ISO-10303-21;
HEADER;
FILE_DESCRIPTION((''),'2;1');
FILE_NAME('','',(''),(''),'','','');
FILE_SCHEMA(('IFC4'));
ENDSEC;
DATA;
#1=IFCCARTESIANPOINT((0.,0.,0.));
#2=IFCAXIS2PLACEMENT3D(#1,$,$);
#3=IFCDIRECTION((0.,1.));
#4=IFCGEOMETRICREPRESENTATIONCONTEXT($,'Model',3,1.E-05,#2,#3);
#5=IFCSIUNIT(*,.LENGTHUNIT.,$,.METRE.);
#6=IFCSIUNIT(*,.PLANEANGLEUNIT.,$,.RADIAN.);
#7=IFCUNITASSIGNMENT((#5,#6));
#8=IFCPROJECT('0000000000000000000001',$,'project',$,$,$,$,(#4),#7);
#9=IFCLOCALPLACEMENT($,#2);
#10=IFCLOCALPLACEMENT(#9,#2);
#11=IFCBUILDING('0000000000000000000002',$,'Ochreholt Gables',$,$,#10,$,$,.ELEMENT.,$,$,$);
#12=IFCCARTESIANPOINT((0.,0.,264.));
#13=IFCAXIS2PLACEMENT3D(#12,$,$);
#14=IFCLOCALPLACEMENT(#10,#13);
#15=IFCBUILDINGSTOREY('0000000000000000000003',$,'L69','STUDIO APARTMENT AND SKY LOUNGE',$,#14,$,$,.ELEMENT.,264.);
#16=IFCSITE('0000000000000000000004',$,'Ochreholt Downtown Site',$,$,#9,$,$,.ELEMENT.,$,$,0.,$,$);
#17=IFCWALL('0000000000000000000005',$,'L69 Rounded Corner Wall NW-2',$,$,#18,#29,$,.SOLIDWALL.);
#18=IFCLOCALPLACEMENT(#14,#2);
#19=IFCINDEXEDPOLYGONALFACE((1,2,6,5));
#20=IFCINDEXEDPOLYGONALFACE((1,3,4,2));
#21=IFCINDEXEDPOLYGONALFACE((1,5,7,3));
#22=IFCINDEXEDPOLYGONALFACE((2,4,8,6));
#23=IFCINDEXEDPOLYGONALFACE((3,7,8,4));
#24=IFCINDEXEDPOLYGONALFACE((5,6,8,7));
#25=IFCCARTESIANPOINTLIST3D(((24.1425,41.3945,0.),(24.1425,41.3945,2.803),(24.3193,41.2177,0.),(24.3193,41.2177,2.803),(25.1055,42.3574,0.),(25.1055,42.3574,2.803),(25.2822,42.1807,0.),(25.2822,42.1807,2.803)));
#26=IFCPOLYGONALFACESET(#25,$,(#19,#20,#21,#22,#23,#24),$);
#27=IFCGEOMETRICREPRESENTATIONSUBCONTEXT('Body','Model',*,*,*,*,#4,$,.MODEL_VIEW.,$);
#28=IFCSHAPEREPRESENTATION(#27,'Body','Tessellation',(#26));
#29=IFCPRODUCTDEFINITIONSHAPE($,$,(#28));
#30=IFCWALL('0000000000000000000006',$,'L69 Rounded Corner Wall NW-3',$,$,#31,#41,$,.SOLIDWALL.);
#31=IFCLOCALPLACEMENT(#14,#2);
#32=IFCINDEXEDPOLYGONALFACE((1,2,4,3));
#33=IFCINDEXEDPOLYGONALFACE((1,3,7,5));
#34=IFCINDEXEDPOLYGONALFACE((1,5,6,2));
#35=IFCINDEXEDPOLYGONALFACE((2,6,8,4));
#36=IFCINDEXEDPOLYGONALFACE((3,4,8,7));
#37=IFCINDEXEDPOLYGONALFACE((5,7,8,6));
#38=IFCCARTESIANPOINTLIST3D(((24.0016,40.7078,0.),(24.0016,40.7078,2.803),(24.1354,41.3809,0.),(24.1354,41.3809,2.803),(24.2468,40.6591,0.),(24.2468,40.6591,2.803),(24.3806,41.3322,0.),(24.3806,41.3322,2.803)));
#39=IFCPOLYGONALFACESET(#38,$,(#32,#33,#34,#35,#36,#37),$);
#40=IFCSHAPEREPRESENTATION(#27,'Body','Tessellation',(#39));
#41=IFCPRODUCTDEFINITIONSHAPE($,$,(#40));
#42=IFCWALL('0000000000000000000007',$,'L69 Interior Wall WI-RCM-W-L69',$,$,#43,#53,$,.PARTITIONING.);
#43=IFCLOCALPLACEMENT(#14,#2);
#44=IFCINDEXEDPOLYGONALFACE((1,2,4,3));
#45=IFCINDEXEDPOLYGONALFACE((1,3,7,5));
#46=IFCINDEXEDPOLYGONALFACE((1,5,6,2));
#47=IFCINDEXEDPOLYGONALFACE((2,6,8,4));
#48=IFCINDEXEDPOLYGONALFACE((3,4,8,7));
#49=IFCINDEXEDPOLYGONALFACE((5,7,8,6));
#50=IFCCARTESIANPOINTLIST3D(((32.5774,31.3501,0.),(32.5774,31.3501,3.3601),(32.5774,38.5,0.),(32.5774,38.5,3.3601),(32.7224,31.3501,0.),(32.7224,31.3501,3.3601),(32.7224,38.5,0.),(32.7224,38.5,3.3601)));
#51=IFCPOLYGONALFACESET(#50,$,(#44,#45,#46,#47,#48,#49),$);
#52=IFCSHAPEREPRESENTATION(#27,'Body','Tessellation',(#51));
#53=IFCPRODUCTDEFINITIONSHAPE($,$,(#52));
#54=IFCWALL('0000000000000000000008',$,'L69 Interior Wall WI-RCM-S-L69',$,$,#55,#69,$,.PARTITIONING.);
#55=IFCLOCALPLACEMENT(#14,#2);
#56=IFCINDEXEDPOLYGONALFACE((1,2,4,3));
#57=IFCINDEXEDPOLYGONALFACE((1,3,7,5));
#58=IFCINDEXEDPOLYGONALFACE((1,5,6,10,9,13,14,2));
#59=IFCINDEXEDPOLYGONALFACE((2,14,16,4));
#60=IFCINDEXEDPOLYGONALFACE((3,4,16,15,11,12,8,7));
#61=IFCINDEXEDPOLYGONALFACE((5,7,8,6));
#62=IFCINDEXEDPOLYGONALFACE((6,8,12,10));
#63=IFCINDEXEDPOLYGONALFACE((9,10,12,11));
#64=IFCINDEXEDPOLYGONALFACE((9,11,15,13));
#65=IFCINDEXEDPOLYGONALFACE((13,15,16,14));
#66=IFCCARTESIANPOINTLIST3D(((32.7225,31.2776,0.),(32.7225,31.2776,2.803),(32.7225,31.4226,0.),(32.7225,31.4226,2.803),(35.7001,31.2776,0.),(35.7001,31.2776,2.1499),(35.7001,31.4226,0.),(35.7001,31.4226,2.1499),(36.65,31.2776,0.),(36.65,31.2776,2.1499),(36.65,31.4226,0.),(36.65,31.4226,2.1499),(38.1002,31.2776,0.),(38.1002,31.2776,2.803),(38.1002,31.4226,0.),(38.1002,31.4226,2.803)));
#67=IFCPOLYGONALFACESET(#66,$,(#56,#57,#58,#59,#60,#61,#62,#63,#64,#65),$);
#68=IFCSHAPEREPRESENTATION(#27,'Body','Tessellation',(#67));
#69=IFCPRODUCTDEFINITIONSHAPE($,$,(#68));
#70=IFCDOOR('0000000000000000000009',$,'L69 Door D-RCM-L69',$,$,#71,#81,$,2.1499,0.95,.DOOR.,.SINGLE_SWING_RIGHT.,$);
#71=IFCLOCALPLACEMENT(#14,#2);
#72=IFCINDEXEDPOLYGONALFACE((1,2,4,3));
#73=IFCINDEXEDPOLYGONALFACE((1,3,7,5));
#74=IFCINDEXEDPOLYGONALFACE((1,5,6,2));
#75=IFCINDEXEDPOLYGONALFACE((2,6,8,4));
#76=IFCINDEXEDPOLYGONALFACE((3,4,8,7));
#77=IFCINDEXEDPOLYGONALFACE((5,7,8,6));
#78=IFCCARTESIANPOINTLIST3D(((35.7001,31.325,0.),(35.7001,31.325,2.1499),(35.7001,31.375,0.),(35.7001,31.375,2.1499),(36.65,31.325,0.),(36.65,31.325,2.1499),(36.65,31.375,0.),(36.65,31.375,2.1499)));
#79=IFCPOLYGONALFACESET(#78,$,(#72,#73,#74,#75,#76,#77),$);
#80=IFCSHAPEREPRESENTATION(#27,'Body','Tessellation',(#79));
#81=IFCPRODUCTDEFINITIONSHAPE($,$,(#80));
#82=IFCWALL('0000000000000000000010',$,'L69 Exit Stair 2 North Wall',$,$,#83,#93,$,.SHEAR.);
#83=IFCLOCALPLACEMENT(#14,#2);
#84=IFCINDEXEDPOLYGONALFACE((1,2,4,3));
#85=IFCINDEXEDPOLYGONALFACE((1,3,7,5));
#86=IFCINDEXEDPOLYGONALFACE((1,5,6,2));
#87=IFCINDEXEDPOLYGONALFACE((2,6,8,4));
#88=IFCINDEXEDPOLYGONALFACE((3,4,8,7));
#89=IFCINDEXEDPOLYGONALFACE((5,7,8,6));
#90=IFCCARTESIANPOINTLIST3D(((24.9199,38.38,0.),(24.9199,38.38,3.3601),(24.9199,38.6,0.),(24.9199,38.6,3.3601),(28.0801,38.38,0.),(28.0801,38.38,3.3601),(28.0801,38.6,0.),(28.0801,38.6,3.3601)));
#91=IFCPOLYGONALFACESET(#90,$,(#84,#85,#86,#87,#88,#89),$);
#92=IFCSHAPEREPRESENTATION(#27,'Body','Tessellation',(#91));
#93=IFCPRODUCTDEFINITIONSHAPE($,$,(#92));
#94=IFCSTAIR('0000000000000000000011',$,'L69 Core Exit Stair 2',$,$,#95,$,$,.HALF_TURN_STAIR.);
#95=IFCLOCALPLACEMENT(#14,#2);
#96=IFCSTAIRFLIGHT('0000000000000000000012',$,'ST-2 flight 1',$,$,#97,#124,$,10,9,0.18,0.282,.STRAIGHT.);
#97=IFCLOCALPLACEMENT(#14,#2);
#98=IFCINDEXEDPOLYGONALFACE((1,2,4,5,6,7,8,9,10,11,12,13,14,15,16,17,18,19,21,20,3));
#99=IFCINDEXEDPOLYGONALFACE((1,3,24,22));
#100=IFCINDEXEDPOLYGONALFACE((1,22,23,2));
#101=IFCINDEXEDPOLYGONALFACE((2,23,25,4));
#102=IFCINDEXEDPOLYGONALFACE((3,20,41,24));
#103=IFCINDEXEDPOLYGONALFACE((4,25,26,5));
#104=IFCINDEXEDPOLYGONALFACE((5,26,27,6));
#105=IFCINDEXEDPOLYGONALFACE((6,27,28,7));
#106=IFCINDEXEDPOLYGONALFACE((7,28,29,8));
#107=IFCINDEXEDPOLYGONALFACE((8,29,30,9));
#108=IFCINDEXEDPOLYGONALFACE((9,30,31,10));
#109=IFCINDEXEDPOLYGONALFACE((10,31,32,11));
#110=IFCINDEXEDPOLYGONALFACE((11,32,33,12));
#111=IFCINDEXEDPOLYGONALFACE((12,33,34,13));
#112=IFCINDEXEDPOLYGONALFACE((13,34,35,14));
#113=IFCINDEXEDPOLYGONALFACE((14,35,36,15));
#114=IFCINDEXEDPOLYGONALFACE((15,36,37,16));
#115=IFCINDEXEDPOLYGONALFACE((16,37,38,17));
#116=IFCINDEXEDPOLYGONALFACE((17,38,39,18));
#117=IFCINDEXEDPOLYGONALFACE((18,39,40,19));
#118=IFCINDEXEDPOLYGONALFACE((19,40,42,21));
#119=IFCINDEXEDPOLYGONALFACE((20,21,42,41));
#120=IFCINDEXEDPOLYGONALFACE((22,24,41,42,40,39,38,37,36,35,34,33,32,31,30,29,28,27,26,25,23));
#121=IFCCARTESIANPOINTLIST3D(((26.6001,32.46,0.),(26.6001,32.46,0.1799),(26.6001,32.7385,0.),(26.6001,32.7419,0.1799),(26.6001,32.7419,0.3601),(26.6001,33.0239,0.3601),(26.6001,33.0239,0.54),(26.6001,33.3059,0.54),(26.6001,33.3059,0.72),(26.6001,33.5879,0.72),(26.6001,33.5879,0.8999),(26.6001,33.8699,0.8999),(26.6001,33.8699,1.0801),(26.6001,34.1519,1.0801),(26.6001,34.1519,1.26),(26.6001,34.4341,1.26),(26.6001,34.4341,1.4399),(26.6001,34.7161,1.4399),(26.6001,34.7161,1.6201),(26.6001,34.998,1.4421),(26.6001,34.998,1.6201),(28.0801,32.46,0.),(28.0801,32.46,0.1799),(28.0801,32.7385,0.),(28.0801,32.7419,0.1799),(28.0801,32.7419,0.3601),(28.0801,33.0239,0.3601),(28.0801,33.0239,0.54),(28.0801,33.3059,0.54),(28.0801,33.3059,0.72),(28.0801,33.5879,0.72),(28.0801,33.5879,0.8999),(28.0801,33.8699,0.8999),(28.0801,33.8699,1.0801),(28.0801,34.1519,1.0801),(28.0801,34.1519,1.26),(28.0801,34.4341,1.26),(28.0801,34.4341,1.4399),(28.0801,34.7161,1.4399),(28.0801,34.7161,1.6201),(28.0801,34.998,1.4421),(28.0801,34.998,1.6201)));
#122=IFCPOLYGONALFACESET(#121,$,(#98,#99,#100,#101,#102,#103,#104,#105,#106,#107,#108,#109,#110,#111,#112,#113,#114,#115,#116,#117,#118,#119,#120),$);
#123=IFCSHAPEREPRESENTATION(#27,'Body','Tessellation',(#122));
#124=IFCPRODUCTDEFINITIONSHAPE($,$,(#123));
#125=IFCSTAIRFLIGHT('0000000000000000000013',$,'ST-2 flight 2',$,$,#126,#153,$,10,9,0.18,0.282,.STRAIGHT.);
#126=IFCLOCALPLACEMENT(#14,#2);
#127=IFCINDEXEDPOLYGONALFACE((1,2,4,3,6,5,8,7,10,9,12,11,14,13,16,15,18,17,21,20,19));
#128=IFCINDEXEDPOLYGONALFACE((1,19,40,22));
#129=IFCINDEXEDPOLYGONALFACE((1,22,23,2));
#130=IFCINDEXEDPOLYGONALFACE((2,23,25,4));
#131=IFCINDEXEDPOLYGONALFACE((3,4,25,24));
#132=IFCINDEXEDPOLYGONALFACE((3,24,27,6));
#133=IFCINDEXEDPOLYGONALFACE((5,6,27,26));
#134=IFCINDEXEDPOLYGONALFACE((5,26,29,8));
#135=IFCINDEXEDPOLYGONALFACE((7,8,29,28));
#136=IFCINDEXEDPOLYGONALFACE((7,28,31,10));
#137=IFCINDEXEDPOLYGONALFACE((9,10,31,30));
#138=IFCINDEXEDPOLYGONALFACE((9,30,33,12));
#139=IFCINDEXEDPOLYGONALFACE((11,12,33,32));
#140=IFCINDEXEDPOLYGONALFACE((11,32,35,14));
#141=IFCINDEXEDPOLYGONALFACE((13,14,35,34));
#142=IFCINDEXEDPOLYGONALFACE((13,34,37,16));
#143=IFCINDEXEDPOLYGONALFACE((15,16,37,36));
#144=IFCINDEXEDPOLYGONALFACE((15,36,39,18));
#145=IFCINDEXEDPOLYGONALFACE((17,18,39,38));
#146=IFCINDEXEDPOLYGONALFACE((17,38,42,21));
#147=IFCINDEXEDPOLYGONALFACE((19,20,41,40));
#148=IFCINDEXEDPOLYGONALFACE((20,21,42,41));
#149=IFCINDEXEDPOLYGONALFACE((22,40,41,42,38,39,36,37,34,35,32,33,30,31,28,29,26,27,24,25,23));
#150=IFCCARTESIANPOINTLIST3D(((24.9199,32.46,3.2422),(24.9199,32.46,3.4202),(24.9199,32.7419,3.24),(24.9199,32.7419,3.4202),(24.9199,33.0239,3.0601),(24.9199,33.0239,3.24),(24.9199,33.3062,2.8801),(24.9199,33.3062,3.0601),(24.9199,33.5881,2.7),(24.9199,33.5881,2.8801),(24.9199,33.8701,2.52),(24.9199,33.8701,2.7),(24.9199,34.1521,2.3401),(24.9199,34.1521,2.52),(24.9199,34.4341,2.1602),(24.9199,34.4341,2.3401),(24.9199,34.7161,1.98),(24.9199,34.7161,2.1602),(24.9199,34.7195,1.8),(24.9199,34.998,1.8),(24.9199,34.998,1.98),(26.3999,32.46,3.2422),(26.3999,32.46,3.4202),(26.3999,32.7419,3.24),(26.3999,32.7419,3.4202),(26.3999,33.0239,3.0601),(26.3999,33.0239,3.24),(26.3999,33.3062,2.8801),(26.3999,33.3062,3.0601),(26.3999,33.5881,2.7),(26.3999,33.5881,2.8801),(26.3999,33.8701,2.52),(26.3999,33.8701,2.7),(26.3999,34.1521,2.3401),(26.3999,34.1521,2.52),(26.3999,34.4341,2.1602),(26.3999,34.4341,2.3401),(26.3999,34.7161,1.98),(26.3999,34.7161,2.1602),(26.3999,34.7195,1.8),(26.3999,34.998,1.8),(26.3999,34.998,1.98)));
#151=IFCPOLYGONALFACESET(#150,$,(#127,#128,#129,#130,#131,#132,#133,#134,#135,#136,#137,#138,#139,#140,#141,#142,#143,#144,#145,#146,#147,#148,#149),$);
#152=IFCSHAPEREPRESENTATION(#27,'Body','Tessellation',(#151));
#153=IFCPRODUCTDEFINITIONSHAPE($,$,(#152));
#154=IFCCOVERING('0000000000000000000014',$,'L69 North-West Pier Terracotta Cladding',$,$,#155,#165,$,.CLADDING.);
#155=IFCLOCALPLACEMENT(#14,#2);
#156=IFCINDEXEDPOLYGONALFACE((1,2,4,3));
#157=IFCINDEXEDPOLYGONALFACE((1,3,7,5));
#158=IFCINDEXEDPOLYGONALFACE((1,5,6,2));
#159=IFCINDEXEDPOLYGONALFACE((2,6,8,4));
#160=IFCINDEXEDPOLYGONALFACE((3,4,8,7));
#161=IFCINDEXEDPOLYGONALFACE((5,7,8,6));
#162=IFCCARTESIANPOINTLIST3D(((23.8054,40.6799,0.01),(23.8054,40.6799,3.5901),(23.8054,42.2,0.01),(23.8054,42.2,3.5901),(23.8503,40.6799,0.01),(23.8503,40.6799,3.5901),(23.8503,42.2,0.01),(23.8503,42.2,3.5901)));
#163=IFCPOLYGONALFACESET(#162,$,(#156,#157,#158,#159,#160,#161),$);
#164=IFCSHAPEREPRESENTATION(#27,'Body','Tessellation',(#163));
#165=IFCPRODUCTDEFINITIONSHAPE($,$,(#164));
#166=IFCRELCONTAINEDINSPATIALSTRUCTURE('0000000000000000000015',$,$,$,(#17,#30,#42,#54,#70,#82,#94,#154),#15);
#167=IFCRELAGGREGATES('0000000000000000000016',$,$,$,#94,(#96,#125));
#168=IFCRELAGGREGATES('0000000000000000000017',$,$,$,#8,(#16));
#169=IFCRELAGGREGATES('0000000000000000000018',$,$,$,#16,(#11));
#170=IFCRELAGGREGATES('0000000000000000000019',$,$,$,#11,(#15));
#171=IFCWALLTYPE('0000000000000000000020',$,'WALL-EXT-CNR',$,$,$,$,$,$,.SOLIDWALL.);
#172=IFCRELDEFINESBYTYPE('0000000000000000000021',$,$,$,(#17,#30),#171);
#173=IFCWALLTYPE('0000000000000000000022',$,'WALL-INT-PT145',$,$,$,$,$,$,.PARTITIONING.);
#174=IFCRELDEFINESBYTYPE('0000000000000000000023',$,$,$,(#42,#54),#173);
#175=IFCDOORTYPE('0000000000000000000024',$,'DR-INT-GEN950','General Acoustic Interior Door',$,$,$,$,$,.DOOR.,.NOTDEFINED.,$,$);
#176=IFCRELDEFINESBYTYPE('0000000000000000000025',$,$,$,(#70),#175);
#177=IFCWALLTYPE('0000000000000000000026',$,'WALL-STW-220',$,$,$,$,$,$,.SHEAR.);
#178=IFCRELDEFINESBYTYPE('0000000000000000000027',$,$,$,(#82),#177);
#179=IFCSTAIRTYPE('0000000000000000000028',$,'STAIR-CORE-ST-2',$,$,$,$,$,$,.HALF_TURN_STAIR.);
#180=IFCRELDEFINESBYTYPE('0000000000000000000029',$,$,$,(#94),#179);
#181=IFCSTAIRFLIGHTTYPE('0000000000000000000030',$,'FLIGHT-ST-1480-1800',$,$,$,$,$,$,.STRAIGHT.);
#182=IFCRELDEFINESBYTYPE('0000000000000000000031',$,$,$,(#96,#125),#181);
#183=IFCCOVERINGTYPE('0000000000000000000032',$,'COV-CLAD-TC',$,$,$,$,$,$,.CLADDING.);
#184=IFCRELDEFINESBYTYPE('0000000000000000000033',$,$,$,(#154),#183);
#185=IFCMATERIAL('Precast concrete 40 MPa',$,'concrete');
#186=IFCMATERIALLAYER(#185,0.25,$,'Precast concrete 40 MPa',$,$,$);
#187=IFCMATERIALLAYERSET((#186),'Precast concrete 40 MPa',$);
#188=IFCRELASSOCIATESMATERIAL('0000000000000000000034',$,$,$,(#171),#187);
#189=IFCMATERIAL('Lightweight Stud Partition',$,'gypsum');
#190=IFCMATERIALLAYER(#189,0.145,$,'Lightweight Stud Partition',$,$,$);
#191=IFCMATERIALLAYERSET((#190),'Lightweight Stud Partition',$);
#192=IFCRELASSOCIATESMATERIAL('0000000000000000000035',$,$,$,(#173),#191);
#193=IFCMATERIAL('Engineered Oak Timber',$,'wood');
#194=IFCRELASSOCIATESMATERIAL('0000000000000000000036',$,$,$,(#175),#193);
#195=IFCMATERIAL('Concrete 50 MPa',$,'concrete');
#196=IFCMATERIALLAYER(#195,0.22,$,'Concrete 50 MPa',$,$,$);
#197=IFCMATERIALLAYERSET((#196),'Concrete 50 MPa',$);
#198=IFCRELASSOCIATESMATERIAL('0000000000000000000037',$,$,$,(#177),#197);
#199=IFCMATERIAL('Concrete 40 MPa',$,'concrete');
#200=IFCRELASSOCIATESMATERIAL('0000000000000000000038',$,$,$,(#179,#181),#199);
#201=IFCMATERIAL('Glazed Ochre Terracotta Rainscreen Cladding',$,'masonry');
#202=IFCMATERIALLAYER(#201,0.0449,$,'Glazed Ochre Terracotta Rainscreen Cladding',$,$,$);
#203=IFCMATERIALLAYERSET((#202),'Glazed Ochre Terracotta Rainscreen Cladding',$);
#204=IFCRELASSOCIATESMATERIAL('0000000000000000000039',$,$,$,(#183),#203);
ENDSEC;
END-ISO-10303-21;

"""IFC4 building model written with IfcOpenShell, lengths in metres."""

from ifc_helpers import new_model, si_unit, direction, frame, frame_2d, origin, origin_2d, place, context, subcontext, project, spatial, polyline, rectangle, outline, extrude, material, layer, layer_set, type_object, element, fill, aggregate, save


model = new_model("IFC4")

# Units and contexts
model_context = context("Model", 3, precision=1e-05, world=origin(), true_north=direction((0.0, 1.0)))
body_context = subcontext(model_context, "Body", "Model", "MODEL_VIEW")
ifc_project = project(units=[si_unit("LENGTHUNIT", "METRE"), si_unit("PLANEANGLEUNIT", "RADIAN")], contexts=[model_context])

# Site, building, storey
site_placement = place(None, origin())
site = spatial("IfcSite", under=ifc_project, at=site_placement, Name="Ochreholt Downtown Site", CompositionType="ELEMENT", RefElevation=0.0)
building_placement = place(site_placement, origin())
building = spatial("IfcBuilding", under=site, at=building_placement, Name="Ochreholt Gables", CompositionType="ELEMENT")
storey_placement = place(building_placement, frame((0.0, 0.0, 264.0)))
storey = spatial("IfcBuildingStorey", under=building, at=storey_placement, Name="L69", Description="STUDIO APARTMENT AND SKY LOUNGE", CompositionType="ELEMENT", Elevation=264.0)

# Shared definitions
ifc_material_1 = material(Name="Concrete 50 MPa", Category="concrete")

# Shared definitions
ifc_material_2 = material(Name="Precast concrete 40 MPa", Category="concrete")

# Walls
ifc_layer_1 = layer(ifc_material_2, 0.25, Name="Precast concrete 40 MPa")
ifc_layer_set_1 = layer_set([ifc_layer_1], Name="Precast concrete 40 MPa")
wall_type_1 = type_object("IfcWallType", Name="WALL-EXT-CNR", PredefinedType="SOLIDWALL", material=ifc_layer_set_1)
wall_1_placement = place(storey_placement, frame((25.1938, 42.269, 0.0), z_axis=(0.0, 0.0, 1.0), x_axis=(-0.707107, -0.707107, 0.0)))
element("IfcWall", 1, at=wall_1_placement, inside=storey, type_object=wall_type_1, Name="L69 Rounded Corner Wall NW-2", PredefinedType="SOLIDWALL", context=body_context, shape_type="SweptSolid", body=[
    extrude(rectangle(XDim=1.3618, YDim=0.25, at=frame_2d((0.6809, 0.0))), origin(), (0.0, 0.0, 1.0), 2.803),
])
wall_2_placement = place(storey_placement, frame((24.2581, 41.3567, 0.0), z_axis=(0.0, 0.0, 1.0), x_axis=(-0.194953, -0.980813, 0.0)))
element("IfcWall", 2, at=wall_2_placement, inside=storey, type_object=wall_type_1, Name="L69 Rounded Corner Wall NW-3", PredefinedType="SOLIDWALL", context=body_context, shape_type="SweptSolid", body=[
    extrude(rectangle(XDim=0.6863, YDim=0.25, at=frame_2d((0.3433, 0.0))), origin(), (0.0, 0.0, 1.0), 2.803),
])
ifc_material_3 = material(Name="Lightweight Stud Partition", Category="gypsum")
ifc_layer_2 = layer(ifc_material_3, 0.145, Name="Lightweight Stud Partition")
ifc_layer_set_2 = layer_set([ifc_layer_2], Name="Lightweight Stud Partition")
wall_type_2 = type_object("IfcWallType", Name="WALL-INT-PT145", PredefinedType="PARTITIONING", material=ifc_layer_set_2)
wall_3_placement = place(storey_placement, frame((32.6499, 31.3501, 0.0), z_axis=(0.0, 0.0, 1.0), x_axis=(0.0, 1.0, 0.0)))
element("IfcWall", 3, at=wall_3_placement, inside=storey, type_object=wall_type_2, Name="L69 Interior Wall WI-RCM-W-L69", PredefinedType="PARTITIONING", context=body_context, shape_type="SweptSolid", body=[
    extrude(rectangle(XDim=7.1499, YDim=0.145, at=frame_2d((3.575, 0.0))), origin(), (0.0, 0.0, 1.0), 3.3601),
])

# Wall, opening, door
wall_4_placement = place(storey_placement, frame((32.7224, 31.3501, 0.0), z_axis=(0.0, 0.0, 1.0), x_axis=(1.0, 0.0, 0.0)))
wall_4 = element("IfcWall", 4, at=wall_4_placement, inside=storey, type_object=wall_type_2, Name="L69 Interior Wall WI-RCM-S-L69", PredefinedType="PARTITIONING", context=body_context, shape_type="SweptSolid", body=[
    extrude(rectangle(XDim=5.3777, YDim=0.145, at=frame_2d((2.689, 0.0))), origin(), (0.0, 0.0, 1.0), 2.803),
])
opening_1_placement = place(wall_4_placement, frame((2.9775, 0.0, 0.0)))
opening_1 = element("IfcOpeningElement", 5, at=opening_1_placement, cuts=wall_4, PredefinedType="OPENING", context=body_context, shape_type="SweptSolid", body=[
    extrude(rectangle(XDim=0.95, YDim=2.1499, at=frame_2d((0.4751, 1.075))), frame((0.0, 0.0825, 0.0), z_axis=(0.0, -1.0, 0.0), x_axis=(1.0, 0.0, 0.0)), (0.0, 0.0, 1.0), 0.165),
])
ifc_material_4 = material(Name="Engineered Oak Timber", Category="wood")
door_type_1 = type_object("IfcDoorType", Name="DR-INT-GEN950", Description="General Acoustic Interior Door", OperationType="NOTDEFINED", PredefinedType="DOOR", material=ifc_material_4)
door_1_placement = place(opening_1_placement, origin())
door_1 = element("IfcDoor", 6, at=door_1_placement, inside=storey, type_object=door_type_1, Name="L69 Door D-RCM-L69", OperationType="SINGLE_SWING_RIGHT", OverallHeight=2.1499, OverallWidth=0.95, PredefinedType="DOOR", context=body_context, shape_type="SweptSolid", body=[
    extrude(rectangle(XDim=0.95, YDim=2.1499, at=frame_2d((0.4751, 1.075))), frame((0.0, 0.0249, 0.0), z_axis=(0.0, -1.0, 0.0), x_axis=(1.0, 0.0, 0.0)), (0.0, 0.0, 1.0), 0.05),
])
fill(opening_1, door_1)

# Wall
ifc_layer_3 = layer(ifc_material_1, 0.22, Name="Concrete 50 MPa")
ifc_layer_set_3 = layer_set([ifc_layer_3], Name="Concrete 50 MPa")
wall_type_3 = type_object("IfcWallType", Name="WALL-STW-220", PredefinedType="SHEAR", material=ifc_layer_set_3)
wall_5_placement = place(storey_placement, frame((24.9199, 38.49, 0.0), z_axis=(0.0, 0.0, 1.0), x_axis=(1.0, 0.0, 0.0)))
element("IfcWall", 7, at=wall_5_placement, inside=storey, type_object=wall_type_3, Name="L69 Exit Stair 2 North Wall", PredefinedType="SHEAR", context=body_context, shape_type="SweptSolid", body=[
    extrude(rectangle(XDim=3.1602, YDim=0.22, at=frame_2d((1.5801, 0.0))), origin(), (0.0, 0.0, 1.0), 3.3601),
])

# Stair, stair flights
ifc_material_5 = material(Name="Concrete 40 MPa", Category="concrete")
stair_type = type_object("IfcStairType", Name="STAIR-CORE-ST-2", PredefinedType="HALF_TURN_STAIR", material=ifc_material_5)
stair_placement = place(storey_placement, origin())
stair = element("IfcStair", 8, at=stair_placement, inside=storey, type_object=stair_type, Name="L69 Core Exit Stair 2", PredefinedType="HALF_TURN_STAIR")
stair_flight_type = type_object("IfcStairFlightType", Name="FLIGHT-ST-1480-1800", PredefinedType="STRAIGHT", material=ifc_material_5)
stair_flight_1_placement = place(storey_placement, frame((27.3401, 32.46, 0.0), z_axis=(0.0, 0.0, 1.0), x_axis=(0.0, 1.0, 0.0)))
stair_flight_1 = element("IfcStairFlight", 9, at=stair_flight_1_placement, type_object=stair_flight_type, Name="ST-2 flight 1", NumberOfRisers=10, NumberOfTreads=9, PredefinedType="STRAIGHT", RiserHeight=0.18, TreadLength=0.282, context=body_context, shape_type="SweptSolid", body=[
    extrude(outline(polyline([(0.0, 0.0), (0.0, 0.1799), (0.282, 0.1799), (0.282, 0.3601), (0.564, 0.3601), (0.564, 0.54), (0.8459, 0.54), (0.8459, 0.72), (1.1279, 0.72), (1.1279, 0.8999), (1.4099, 0.8999), (1.4099, 1.0801), (1.6919, 1.0801), (1.6919, 1.26), (1.9741, 1.26), (1.9741, 1.4399), (2.2561, 1.4399), (2.2561, 1.6201), (2.5381, 1.6201), (2.5381, 1.8), (2.5381, 1.4421), (0.2786, 0.0), (0.0, 0.0)])), frame((0.0, 0.74, 0.0), z_axis=(0.0, -1.0, 0.0), x_axis=(1.0, 0.0, 0.0)), (0.0, 0.0, 1.0), 1.48),
])
stair_flight_2_placement = place(storey_placement, frame((25.6599, 34.998, 1.8), z_axis=(0.0, 0.0, 1.0), x_axis=(0.0, -1.0, 0.0)))
stair_flight_2 = element("IfcStairFlight", 10, at=stair_flight_2_placement, type_object=stair_flight_type, Name="ST-2 flight 2", NumberOfRisers=10, NumberOfTreads=9, PredefinedType="STRAIGHT", RiserHeight=0.18, TreadLength=0.282, context=body_context, shape_type="SweptSolid", body=[
    extrude(outline(polyline([(0.0, 0.0), (0.0, 0.1799), (0.282, 0.1799), (0.282, 0.3601), (0.564, 0.3601), (0.564, 0.54), (0.8459, 0.54), (0.8459, 0.72), (1.1279, 0.72), (1.1279, 0.8999), (1.4099, 0.8999), (1.4099, 1.0801), (1.6919, 1.0801), (1.6919, 1.26), (1.9741, 1.26), (1.9741, 1.4399), (2.2561, 1.4399), (2.2561, 1.6201), (2.5381, 1.6201), (2.5381, 1.8), (2.5381, 1.4421), (0.2786, 0.0), (0.0, 0.0)])), frame((0.0, 0.74, 0.0), z_axis=(0.0, -1.0, 0.0), x_axis=(1.0, 0.0, 0.0)), (0.0, 0.0, 1.0), 1.48),
])
aggregate(stair, [stair_flight_1, stair_flight_2])

# Covering
ifc_material_6 = material(Name="Glazed Ochre Terracotta Rainscreen Cladding", Category="masonry")
ifc_layer_4 = layer(ifc_material_6, 0.0449, Name="Glazed Ochre Terracotta Rainscreen Cladding")
ifc_layer_set_4 = layer_set([ifc_layer_4], Name="Glazed Ochre Terracotta Rainscreen Cladding")
covering_type = type_object("IfcCoveringType", Name="COV-CLAD-TC", PredefinedType="CLADDING", material=ifc_layer_set_4)
covering_placement = place(storey_placement, frame((23.8279, 41.4399, 0.01), z_axis=(0.0, 0.0, 1.0), x_axis=(0.0, 1.0, 0.0)))
element("IfcCovering", 11, at=covering_placement, inside=storey, type_object=covering_type, Name="L69 North-West Pier Terracotta Cladding", PredefinedType="CLADDING", context=body_context, shape_type="SweptSolid", body=[
    extrude(rectangle(XDim=1.52, YDim=0.0449, at=origin_2d()), origin(), (0.0, 0.0, 1.0), 3.5801),
])

save(model, "model.ifc")
